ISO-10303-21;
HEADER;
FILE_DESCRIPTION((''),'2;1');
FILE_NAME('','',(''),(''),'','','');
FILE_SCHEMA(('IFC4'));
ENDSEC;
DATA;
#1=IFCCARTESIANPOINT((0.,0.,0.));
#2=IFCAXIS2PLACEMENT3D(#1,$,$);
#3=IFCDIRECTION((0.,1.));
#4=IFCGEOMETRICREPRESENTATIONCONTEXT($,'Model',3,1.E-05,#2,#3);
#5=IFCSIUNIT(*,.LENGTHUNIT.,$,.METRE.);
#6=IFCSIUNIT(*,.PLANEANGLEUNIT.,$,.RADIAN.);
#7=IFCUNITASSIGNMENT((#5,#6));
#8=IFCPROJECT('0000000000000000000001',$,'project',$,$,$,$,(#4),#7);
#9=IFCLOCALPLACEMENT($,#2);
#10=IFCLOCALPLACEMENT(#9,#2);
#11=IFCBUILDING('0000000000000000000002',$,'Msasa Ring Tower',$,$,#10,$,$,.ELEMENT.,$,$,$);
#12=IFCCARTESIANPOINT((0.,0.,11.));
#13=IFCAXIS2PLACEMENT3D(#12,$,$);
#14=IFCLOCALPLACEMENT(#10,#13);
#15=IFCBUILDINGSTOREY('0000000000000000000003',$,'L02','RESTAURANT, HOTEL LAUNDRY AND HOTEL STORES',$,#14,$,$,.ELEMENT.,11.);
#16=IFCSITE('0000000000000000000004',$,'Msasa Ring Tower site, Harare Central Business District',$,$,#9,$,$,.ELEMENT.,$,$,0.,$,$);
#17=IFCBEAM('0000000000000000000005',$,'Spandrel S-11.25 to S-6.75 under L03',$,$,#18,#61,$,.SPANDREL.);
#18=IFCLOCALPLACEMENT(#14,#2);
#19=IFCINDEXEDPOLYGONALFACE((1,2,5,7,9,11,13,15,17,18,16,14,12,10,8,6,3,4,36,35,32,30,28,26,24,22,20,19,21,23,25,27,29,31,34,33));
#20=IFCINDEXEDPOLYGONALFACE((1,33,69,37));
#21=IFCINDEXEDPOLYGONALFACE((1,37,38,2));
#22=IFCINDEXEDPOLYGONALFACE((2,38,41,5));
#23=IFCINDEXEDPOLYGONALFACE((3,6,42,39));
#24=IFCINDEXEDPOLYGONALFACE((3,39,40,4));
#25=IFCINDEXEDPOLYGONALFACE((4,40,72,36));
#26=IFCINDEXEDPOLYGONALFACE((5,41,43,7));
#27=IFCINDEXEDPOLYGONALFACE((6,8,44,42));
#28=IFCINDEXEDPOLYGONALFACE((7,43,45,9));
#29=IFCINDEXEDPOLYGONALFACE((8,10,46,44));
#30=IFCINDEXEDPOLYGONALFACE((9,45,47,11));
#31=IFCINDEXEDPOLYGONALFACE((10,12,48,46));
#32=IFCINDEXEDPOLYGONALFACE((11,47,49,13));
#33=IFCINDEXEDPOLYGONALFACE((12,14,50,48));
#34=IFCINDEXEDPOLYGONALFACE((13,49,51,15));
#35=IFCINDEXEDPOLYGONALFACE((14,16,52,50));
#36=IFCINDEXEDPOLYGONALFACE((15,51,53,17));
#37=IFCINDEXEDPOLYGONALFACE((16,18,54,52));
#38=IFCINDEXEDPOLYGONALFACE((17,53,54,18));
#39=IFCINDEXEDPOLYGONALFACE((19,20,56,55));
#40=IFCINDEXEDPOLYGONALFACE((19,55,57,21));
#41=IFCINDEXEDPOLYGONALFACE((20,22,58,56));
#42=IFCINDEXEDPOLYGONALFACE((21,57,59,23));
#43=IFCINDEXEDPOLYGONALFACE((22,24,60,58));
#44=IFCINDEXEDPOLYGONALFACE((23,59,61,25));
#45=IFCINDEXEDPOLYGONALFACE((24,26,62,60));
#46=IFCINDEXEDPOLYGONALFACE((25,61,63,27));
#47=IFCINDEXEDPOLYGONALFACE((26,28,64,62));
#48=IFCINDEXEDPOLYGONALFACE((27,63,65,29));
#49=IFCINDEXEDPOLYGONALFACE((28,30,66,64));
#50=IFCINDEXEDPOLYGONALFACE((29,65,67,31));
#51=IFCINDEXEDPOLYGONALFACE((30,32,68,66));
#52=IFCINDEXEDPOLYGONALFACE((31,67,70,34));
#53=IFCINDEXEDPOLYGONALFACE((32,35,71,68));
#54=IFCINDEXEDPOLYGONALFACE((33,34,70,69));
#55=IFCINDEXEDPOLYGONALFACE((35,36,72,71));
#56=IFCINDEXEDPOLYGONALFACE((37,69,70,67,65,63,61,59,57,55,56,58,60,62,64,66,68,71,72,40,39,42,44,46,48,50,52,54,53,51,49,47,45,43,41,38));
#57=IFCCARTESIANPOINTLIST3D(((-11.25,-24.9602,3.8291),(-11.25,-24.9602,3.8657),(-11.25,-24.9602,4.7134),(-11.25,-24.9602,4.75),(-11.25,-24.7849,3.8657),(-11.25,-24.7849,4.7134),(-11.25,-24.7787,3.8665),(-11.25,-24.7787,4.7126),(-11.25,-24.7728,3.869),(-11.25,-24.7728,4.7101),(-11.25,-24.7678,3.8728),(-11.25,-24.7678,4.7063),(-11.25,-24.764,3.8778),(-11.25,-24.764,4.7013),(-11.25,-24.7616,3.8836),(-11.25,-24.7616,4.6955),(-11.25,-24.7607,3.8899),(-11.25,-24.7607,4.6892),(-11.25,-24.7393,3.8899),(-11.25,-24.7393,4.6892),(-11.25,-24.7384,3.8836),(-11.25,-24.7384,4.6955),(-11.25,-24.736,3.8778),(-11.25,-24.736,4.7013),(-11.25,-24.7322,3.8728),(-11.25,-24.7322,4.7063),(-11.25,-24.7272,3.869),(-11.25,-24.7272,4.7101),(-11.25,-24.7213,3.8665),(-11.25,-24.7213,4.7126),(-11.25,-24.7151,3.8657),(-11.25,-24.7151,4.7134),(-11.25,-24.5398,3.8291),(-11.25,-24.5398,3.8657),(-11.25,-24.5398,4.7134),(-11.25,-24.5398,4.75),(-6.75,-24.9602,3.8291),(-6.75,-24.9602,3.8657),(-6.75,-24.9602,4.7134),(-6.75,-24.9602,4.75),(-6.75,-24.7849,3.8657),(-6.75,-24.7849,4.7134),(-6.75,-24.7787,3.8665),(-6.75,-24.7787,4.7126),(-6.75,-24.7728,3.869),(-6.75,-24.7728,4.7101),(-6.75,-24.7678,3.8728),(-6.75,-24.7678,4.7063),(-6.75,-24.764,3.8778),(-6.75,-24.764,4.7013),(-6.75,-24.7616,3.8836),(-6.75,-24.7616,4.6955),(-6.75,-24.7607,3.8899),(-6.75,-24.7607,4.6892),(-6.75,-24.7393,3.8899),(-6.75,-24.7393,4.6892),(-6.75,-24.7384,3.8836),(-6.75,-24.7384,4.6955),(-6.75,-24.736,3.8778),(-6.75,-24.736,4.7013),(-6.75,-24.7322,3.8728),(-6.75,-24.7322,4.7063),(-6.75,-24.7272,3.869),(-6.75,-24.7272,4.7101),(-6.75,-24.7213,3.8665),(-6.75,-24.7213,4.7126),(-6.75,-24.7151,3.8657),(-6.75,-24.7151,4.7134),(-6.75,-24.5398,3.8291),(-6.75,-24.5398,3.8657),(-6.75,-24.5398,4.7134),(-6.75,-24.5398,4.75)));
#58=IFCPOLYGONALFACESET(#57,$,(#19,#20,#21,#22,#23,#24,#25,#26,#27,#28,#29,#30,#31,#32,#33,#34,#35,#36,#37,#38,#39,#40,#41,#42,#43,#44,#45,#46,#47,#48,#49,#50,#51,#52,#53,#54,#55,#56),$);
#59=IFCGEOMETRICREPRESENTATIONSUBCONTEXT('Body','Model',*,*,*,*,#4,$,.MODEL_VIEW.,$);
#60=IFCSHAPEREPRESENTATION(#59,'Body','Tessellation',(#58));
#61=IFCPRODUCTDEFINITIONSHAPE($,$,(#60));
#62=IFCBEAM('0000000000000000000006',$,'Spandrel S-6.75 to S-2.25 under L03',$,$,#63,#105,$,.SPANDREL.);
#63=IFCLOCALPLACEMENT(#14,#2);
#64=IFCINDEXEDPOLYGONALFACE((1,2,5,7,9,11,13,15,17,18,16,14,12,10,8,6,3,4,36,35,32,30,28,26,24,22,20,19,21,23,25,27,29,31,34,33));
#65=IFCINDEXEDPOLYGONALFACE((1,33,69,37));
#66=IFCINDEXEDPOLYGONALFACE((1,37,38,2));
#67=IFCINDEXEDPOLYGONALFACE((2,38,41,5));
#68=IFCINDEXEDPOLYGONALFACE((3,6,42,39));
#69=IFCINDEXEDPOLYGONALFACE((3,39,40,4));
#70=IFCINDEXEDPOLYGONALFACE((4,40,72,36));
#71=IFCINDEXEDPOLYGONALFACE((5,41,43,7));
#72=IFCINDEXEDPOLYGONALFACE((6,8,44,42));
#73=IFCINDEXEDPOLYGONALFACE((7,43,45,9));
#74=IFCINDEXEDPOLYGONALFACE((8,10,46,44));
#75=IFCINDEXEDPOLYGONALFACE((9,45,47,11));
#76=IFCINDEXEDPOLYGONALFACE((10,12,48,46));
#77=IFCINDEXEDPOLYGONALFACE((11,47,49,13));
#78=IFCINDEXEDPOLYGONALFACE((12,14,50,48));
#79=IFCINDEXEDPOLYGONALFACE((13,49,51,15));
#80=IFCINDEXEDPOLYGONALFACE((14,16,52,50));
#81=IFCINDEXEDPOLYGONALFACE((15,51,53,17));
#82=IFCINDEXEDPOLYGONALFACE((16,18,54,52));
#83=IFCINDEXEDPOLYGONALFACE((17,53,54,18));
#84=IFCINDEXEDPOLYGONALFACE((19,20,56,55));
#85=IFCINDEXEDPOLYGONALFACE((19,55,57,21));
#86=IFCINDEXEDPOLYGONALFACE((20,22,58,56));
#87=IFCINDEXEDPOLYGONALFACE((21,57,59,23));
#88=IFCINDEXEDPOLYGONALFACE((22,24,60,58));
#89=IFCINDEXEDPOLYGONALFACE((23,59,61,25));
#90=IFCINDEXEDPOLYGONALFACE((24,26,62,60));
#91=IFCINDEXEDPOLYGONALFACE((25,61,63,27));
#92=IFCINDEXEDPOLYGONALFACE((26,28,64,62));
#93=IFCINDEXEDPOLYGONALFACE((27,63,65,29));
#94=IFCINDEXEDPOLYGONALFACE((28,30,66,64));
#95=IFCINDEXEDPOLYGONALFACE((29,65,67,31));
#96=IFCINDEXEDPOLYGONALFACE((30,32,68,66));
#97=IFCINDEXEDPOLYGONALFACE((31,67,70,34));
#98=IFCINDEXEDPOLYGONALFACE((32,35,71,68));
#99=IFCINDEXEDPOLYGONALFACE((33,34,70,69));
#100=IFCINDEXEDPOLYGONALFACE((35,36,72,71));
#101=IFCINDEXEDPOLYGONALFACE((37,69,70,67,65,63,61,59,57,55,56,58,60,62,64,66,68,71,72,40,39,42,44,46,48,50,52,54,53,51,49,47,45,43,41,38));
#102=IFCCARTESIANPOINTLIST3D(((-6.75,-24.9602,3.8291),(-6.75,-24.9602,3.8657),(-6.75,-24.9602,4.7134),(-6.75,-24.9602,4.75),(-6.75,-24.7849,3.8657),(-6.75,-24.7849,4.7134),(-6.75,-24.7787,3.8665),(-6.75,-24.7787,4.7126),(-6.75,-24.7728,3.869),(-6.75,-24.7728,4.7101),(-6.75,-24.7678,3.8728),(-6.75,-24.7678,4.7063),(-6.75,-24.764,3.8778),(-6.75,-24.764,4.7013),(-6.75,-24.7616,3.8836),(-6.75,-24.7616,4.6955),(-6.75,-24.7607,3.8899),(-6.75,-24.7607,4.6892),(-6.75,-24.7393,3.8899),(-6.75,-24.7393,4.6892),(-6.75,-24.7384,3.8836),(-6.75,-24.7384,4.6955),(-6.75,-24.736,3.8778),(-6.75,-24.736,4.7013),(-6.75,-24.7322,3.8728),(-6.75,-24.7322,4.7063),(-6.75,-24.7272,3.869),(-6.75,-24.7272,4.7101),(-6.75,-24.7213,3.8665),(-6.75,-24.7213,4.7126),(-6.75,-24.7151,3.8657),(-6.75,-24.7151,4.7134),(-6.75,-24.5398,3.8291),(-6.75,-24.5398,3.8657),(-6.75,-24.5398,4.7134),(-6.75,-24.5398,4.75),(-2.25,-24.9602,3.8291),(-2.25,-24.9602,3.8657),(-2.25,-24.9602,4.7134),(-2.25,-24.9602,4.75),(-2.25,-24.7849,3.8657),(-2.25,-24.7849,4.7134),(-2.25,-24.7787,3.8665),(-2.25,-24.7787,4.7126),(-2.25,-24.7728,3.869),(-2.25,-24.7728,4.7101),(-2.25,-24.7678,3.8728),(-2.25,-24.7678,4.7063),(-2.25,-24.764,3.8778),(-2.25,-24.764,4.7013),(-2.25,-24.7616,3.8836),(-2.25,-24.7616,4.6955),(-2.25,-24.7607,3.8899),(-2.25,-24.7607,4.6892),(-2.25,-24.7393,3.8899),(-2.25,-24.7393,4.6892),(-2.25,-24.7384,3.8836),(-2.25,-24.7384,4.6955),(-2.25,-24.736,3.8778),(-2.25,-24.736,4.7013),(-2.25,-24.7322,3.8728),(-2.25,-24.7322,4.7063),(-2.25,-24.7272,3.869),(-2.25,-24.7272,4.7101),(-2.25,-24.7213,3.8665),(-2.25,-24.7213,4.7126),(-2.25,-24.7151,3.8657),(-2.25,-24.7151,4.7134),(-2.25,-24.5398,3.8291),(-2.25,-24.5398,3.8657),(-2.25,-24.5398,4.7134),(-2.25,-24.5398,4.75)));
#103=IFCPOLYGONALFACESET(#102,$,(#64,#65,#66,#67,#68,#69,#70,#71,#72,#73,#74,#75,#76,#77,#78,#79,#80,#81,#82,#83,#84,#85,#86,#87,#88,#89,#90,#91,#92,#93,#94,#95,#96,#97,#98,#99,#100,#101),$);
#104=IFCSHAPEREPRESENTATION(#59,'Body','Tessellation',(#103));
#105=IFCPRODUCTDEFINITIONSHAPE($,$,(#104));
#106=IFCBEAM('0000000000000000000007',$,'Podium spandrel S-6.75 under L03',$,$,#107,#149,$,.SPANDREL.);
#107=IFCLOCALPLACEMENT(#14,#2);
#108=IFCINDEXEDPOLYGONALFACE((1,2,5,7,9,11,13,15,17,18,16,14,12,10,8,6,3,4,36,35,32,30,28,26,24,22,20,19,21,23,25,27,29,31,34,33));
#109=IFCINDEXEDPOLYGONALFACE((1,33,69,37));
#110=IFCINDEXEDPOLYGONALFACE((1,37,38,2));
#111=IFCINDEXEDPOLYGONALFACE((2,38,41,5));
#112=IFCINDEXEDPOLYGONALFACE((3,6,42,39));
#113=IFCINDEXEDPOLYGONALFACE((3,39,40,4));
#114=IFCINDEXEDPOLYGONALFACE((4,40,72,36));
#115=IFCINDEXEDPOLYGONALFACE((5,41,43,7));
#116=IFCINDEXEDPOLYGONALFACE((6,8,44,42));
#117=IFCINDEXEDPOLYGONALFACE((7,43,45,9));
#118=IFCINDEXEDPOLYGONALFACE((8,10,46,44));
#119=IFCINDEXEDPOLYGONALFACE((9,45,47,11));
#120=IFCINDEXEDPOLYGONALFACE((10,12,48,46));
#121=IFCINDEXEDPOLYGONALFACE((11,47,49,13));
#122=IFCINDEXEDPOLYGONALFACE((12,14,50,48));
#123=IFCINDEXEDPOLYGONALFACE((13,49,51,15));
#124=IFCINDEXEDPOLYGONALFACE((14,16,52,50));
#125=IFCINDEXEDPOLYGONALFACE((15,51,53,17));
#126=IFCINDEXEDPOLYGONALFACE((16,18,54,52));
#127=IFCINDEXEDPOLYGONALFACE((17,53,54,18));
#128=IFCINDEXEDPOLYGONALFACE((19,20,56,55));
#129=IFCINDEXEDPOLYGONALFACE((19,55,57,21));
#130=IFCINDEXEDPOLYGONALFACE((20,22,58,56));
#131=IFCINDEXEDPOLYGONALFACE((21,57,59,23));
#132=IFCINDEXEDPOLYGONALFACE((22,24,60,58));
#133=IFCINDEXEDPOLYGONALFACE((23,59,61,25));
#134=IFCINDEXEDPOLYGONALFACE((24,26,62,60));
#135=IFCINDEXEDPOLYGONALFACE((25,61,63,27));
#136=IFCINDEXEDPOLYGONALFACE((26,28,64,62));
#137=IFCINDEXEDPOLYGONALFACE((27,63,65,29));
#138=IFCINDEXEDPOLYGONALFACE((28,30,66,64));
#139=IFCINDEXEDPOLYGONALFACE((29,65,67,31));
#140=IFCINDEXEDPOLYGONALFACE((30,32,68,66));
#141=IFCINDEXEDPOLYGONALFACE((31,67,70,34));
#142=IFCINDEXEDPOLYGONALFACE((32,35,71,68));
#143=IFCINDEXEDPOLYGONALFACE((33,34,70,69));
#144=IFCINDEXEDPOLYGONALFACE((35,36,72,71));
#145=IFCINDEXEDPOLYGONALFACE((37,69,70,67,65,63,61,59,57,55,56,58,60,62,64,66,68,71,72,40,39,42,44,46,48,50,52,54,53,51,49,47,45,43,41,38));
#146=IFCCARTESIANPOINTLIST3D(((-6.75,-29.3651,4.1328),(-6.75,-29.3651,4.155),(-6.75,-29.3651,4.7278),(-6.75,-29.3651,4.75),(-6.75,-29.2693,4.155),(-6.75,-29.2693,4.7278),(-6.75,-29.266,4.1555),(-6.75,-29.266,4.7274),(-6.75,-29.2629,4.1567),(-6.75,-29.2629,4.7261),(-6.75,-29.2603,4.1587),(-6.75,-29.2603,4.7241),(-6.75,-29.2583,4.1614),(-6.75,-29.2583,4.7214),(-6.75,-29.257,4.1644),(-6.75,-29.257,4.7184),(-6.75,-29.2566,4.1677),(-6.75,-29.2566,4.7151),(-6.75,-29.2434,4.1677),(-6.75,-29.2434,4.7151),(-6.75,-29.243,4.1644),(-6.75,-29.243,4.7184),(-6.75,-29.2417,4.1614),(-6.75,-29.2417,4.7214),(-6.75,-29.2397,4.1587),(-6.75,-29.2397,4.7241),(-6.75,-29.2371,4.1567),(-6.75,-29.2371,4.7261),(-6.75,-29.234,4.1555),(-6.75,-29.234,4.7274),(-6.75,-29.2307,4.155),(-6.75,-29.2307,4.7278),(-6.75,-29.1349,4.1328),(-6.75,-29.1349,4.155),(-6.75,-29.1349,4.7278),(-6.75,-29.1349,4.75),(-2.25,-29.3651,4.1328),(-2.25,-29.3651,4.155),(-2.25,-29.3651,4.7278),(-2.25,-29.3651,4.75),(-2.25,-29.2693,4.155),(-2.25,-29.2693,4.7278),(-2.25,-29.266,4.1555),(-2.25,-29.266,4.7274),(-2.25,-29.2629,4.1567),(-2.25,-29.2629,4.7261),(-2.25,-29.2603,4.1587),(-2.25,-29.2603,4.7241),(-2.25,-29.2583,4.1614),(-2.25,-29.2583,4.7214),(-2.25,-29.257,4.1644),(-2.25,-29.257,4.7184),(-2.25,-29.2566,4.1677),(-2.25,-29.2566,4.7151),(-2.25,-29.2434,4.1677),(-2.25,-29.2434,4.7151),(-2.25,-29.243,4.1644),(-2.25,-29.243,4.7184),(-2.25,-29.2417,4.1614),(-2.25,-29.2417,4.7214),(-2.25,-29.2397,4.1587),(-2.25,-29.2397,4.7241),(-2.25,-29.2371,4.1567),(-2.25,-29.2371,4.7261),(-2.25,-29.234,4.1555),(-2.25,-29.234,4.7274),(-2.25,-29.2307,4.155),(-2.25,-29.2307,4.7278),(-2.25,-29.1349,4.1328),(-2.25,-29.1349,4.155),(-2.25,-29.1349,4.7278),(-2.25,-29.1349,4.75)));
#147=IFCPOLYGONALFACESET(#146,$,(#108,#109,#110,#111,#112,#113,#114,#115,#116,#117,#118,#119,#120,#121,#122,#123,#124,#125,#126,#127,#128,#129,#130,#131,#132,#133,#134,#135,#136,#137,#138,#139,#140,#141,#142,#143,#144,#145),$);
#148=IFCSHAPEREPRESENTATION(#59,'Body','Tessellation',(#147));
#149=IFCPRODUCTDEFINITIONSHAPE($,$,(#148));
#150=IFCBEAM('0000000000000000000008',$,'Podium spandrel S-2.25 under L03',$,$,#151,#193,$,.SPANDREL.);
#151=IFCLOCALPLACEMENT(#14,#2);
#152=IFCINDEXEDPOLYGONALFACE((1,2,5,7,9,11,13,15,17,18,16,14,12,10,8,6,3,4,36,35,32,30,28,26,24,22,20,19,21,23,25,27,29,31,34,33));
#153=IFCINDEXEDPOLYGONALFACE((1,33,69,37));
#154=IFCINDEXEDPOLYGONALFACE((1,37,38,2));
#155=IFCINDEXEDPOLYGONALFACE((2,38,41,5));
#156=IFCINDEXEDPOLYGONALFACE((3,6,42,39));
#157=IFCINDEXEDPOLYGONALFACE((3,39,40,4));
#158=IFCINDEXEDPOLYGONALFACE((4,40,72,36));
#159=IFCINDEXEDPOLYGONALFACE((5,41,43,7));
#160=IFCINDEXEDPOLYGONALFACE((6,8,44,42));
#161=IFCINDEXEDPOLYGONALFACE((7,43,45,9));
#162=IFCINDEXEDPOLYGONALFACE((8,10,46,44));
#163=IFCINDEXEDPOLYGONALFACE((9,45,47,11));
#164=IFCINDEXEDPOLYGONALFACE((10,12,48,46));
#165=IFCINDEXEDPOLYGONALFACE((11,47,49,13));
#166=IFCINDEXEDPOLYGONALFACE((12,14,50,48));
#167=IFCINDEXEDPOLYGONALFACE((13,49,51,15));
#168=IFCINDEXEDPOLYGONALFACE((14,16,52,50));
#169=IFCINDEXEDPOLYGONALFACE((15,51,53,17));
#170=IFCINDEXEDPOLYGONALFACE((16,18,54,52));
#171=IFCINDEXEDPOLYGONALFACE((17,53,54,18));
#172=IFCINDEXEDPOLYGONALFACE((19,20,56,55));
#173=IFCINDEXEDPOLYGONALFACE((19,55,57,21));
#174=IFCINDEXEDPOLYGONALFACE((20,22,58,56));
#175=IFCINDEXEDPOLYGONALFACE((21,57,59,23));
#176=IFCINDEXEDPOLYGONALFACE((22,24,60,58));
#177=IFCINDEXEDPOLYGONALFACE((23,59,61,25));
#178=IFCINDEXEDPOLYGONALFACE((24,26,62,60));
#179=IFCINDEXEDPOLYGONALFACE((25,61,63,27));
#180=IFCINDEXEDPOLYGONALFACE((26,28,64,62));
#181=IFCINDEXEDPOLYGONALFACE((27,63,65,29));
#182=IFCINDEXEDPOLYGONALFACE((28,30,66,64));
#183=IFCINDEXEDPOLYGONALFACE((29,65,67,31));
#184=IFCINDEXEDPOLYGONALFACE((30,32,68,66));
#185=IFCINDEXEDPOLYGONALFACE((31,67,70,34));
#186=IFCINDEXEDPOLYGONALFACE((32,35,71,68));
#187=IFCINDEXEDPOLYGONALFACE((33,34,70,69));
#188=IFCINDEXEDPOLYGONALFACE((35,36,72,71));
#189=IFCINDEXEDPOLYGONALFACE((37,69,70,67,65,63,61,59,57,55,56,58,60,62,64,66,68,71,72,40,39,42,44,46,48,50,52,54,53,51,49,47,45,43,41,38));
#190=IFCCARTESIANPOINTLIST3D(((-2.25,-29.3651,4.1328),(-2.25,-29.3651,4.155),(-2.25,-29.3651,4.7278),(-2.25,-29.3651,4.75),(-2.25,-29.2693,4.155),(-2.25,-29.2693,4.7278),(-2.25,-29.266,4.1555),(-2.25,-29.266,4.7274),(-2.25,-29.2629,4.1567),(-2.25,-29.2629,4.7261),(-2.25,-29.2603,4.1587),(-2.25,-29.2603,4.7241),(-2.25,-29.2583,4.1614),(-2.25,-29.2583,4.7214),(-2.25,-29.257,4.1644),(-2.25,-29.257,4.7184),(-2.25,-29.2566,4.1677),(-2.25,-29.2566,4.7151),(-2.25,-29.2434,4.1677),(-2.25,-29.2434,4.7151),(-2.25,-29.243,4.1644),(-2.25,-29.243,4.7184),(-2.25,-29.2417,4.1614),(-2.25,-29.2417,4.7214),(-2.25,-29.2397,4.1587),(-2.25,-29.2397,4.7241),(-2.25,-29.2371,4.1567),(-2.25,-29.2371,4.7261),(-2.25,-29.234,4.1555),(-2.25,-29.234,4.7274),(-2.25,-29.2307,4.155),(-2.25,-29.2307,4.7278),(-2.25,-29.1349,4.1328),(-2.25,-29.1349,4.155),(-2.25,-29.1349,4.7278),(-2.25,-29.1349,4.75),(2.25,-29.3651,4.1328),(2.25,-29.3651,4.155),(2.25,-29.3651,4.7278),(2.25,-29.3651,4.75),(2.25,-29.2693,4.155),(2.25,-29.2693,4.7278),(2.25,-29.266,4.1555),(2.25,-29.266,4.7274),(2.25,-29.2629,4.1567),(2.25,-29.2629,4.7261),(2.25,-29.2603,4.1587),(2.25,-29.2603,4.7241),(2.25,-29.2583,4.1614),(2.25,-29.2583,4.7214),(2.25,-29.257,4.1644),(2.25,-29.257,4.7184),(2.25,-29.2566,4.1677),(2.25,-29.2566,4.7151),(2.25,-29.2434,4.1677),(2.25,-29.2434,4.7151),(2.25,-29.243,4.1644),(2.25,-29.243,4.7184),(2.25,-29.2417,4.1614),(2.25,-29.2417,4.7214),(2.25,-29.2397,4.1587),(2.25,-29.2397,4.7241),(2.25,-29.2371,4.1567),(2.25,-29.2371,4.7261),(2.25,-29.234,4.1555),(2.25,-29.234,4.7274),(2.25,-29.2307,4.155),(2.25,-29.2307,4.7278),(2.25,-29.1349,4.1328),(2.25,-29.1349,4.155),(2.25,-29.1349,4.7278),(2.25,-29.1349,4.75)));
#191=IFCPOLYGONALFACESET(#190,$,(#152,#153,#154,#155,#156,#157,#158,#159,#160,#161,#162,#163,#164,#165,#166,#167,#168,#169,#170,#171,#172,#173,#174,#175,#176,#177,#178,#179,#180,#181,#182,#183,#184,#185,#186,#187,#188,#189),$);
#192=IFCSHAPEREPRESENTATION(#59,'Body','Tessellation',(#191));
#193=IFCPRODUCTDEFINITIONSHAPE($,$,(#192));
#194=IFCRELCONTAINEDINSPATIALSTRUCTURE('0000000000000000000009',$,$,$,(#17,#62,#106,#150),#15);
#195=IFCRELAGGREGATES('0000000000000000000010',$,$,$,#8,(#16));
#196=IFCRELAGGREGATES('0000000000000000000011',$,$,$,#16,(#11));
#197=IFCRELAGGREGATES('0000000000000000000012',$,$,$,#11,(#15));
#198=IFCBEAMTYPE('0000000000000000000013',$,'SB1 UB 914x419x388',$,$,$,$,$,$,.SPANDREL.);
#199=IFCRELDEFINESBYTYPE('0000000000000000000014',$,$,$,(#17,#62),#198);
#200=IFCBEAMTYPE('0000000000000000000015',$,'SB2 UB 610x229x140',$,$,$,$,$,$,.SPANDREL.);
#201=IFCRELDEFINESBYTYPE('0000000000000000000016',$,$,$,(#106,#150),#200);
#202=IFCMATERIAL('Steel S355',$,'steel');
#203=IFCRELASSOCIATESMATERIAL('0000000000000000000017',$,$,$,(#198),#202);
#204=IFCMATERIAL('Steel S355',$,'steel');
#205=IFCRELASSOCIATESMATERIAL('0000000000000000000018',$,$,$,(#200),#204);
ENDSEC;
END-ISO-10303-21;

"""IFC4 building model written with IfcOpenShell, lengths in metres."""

from ifc_helpers import new_model, si_unit, direction, frame, origin, origin_2d, place, context, subcontext, project, spatial, i_section, extrude, material, material_profile, profile_set, type_object, element, save


model = new_model("IFC4")

# Units and contexts
model_context = context("Model", 3, precision=1e-05, world=origin(), true_north=direction((0.0, 1.0)))
body_context = subcontext(model_context, "Body", "Model", "MODEL_VIEW")
ifc_project = project(units=[si_unit("LENGTHUNIT", "METRE"), si_unit("PLANEANGLEUNIT", "RADIAN")], contexts=[model_context])

# Site, building, storey
site_placement = place(None, origin())
site = spatial("IfcSite", under=ifc_project, at=site_placement, Name="Msasa Ring Tower site, Harare Central Business District", CompositionType="ELEMENT", RefElevation=0.0)
building_placement = place(site_placement, origin())
building = spatial("IfcBuilding", under=site, at=building_placement, Name="Msasa Ring Tower", CompositionType="ELEMENT")
storey_placement = place(building_placement, frame((0.0, 0.0, 11.0)))
storey = spatial("IfcBuildingStorey", under=building, at=storey_placement, Name="L02", Description="RESTAURANT, HOTEL LAUNDRY AND HOTEL STORES", CompositionType="ELEMENT", Elevation=11.0)

# Beams
ifc_material_1 = material(Name="Steel S355", Category="steel")
ifc_material_profile_1 = material_profile(ifc_material_1, i_section(OverallWidth=0.4204, OverallDepth=0.9209, WebThickness=0.0215, FlangeThickness=0.0366, FilletRadius=0.0242, at=origin_2d()), Name="UB 914x419x388")
ifc_profile_set_1 = profile_set([ifc_material_profile_1], Name="Steel S355")
beam_type_1 = type_object("IfcBeamType", Name="SB1 UB 914x419x388", PredefinedType="SPANDREL", material=ifc_profile_set_1)
for number, where, z_axis, x_axis, name in (
    (1, (-11.25, -24.75, 4.2896), (1.0, 0.0, 0.0), (0.0, 1.0, 0.0), "Spandrel S-11.25 to S-6.75 under L03"),
    (2, (-6.75, -24.75, 4.2896), (1.0, 0.0, 0.0), (0.0, 1.0, 0.0), "Spandrel S-6.75 to S-2.25 under L03"),
):
    element("IfcBeam", number, at=place(storey_placement, frame(where, z_axis=z_axis, x_axis=x_axis)), inside=storey, type_object=beam_type_1, Name=name, PredefinedType="SPANDREL", context=body_context, shape_type="SweptSolid", body=[
        extrude(i_section(OverallWidth=0.4204, OverallDepth=0.9209, WebThickness=0.0215, FlangeThickness=0.0366, FilletRadius=0.0242, at=origin_2d()), origin(), (0.0, 0.0, 1.0), 4.5),
    ])
ifc_material_2 = material(Name="Steel S355", Category="steel")
ifc_material_profile_2 = material_profile(ifc_material_2, i_section(OverallWidth=0.2302, OverallDepth=0.6172, WebThickness=0.0132, FlangeThickness=0.0222, FilletRadius=0.0127, at=origin_2d()), Name="UB 610x229x140")
ifc_profile_set_2 = profile_set([ifc_material_profile_2], Name="Steel S355")
beam_type_2 = type_object("IfcBeamType", Name="SB2 UB 610x229x140", PredefinedType="SPANDREL", material=ifc_profile_set_2)
for number, where, z_axis, x_axis, name in (
    (3, (-6.75, -29.25, 4.4414), (1.0, 0.0, 0.0), (0.0, 1.0, 0.0), "Podium spandrel S-6.75 under L03"),
    (4, (-2.25, -29.25, 4.4414), (1.0, 0.0, 0.0), (0.0, 1.0, 0.0), "Podium spandrel S-2.25 under L03"),
):
    element("IfcBeam", number, at=place(storey_placement, frame(where, z_axis=z_axis, x_axis=x_axis)), inside=storey, type_object=beam_type_2, Name=name, PredefinedType="SPANDREL", context=body_context, shape_type="SweptSolid", body=[
        extrude(i_section(OverallWidth=0.2302, OverallDepth=0.6172, WebThickness=0.0132, FlangeThickness=0.0222, FilletRadius=0.0127, at=origin_2d()), origin(), (0.0, 0.0, 1.0), 4.5),
    ])

save(model, "model.ifc")
